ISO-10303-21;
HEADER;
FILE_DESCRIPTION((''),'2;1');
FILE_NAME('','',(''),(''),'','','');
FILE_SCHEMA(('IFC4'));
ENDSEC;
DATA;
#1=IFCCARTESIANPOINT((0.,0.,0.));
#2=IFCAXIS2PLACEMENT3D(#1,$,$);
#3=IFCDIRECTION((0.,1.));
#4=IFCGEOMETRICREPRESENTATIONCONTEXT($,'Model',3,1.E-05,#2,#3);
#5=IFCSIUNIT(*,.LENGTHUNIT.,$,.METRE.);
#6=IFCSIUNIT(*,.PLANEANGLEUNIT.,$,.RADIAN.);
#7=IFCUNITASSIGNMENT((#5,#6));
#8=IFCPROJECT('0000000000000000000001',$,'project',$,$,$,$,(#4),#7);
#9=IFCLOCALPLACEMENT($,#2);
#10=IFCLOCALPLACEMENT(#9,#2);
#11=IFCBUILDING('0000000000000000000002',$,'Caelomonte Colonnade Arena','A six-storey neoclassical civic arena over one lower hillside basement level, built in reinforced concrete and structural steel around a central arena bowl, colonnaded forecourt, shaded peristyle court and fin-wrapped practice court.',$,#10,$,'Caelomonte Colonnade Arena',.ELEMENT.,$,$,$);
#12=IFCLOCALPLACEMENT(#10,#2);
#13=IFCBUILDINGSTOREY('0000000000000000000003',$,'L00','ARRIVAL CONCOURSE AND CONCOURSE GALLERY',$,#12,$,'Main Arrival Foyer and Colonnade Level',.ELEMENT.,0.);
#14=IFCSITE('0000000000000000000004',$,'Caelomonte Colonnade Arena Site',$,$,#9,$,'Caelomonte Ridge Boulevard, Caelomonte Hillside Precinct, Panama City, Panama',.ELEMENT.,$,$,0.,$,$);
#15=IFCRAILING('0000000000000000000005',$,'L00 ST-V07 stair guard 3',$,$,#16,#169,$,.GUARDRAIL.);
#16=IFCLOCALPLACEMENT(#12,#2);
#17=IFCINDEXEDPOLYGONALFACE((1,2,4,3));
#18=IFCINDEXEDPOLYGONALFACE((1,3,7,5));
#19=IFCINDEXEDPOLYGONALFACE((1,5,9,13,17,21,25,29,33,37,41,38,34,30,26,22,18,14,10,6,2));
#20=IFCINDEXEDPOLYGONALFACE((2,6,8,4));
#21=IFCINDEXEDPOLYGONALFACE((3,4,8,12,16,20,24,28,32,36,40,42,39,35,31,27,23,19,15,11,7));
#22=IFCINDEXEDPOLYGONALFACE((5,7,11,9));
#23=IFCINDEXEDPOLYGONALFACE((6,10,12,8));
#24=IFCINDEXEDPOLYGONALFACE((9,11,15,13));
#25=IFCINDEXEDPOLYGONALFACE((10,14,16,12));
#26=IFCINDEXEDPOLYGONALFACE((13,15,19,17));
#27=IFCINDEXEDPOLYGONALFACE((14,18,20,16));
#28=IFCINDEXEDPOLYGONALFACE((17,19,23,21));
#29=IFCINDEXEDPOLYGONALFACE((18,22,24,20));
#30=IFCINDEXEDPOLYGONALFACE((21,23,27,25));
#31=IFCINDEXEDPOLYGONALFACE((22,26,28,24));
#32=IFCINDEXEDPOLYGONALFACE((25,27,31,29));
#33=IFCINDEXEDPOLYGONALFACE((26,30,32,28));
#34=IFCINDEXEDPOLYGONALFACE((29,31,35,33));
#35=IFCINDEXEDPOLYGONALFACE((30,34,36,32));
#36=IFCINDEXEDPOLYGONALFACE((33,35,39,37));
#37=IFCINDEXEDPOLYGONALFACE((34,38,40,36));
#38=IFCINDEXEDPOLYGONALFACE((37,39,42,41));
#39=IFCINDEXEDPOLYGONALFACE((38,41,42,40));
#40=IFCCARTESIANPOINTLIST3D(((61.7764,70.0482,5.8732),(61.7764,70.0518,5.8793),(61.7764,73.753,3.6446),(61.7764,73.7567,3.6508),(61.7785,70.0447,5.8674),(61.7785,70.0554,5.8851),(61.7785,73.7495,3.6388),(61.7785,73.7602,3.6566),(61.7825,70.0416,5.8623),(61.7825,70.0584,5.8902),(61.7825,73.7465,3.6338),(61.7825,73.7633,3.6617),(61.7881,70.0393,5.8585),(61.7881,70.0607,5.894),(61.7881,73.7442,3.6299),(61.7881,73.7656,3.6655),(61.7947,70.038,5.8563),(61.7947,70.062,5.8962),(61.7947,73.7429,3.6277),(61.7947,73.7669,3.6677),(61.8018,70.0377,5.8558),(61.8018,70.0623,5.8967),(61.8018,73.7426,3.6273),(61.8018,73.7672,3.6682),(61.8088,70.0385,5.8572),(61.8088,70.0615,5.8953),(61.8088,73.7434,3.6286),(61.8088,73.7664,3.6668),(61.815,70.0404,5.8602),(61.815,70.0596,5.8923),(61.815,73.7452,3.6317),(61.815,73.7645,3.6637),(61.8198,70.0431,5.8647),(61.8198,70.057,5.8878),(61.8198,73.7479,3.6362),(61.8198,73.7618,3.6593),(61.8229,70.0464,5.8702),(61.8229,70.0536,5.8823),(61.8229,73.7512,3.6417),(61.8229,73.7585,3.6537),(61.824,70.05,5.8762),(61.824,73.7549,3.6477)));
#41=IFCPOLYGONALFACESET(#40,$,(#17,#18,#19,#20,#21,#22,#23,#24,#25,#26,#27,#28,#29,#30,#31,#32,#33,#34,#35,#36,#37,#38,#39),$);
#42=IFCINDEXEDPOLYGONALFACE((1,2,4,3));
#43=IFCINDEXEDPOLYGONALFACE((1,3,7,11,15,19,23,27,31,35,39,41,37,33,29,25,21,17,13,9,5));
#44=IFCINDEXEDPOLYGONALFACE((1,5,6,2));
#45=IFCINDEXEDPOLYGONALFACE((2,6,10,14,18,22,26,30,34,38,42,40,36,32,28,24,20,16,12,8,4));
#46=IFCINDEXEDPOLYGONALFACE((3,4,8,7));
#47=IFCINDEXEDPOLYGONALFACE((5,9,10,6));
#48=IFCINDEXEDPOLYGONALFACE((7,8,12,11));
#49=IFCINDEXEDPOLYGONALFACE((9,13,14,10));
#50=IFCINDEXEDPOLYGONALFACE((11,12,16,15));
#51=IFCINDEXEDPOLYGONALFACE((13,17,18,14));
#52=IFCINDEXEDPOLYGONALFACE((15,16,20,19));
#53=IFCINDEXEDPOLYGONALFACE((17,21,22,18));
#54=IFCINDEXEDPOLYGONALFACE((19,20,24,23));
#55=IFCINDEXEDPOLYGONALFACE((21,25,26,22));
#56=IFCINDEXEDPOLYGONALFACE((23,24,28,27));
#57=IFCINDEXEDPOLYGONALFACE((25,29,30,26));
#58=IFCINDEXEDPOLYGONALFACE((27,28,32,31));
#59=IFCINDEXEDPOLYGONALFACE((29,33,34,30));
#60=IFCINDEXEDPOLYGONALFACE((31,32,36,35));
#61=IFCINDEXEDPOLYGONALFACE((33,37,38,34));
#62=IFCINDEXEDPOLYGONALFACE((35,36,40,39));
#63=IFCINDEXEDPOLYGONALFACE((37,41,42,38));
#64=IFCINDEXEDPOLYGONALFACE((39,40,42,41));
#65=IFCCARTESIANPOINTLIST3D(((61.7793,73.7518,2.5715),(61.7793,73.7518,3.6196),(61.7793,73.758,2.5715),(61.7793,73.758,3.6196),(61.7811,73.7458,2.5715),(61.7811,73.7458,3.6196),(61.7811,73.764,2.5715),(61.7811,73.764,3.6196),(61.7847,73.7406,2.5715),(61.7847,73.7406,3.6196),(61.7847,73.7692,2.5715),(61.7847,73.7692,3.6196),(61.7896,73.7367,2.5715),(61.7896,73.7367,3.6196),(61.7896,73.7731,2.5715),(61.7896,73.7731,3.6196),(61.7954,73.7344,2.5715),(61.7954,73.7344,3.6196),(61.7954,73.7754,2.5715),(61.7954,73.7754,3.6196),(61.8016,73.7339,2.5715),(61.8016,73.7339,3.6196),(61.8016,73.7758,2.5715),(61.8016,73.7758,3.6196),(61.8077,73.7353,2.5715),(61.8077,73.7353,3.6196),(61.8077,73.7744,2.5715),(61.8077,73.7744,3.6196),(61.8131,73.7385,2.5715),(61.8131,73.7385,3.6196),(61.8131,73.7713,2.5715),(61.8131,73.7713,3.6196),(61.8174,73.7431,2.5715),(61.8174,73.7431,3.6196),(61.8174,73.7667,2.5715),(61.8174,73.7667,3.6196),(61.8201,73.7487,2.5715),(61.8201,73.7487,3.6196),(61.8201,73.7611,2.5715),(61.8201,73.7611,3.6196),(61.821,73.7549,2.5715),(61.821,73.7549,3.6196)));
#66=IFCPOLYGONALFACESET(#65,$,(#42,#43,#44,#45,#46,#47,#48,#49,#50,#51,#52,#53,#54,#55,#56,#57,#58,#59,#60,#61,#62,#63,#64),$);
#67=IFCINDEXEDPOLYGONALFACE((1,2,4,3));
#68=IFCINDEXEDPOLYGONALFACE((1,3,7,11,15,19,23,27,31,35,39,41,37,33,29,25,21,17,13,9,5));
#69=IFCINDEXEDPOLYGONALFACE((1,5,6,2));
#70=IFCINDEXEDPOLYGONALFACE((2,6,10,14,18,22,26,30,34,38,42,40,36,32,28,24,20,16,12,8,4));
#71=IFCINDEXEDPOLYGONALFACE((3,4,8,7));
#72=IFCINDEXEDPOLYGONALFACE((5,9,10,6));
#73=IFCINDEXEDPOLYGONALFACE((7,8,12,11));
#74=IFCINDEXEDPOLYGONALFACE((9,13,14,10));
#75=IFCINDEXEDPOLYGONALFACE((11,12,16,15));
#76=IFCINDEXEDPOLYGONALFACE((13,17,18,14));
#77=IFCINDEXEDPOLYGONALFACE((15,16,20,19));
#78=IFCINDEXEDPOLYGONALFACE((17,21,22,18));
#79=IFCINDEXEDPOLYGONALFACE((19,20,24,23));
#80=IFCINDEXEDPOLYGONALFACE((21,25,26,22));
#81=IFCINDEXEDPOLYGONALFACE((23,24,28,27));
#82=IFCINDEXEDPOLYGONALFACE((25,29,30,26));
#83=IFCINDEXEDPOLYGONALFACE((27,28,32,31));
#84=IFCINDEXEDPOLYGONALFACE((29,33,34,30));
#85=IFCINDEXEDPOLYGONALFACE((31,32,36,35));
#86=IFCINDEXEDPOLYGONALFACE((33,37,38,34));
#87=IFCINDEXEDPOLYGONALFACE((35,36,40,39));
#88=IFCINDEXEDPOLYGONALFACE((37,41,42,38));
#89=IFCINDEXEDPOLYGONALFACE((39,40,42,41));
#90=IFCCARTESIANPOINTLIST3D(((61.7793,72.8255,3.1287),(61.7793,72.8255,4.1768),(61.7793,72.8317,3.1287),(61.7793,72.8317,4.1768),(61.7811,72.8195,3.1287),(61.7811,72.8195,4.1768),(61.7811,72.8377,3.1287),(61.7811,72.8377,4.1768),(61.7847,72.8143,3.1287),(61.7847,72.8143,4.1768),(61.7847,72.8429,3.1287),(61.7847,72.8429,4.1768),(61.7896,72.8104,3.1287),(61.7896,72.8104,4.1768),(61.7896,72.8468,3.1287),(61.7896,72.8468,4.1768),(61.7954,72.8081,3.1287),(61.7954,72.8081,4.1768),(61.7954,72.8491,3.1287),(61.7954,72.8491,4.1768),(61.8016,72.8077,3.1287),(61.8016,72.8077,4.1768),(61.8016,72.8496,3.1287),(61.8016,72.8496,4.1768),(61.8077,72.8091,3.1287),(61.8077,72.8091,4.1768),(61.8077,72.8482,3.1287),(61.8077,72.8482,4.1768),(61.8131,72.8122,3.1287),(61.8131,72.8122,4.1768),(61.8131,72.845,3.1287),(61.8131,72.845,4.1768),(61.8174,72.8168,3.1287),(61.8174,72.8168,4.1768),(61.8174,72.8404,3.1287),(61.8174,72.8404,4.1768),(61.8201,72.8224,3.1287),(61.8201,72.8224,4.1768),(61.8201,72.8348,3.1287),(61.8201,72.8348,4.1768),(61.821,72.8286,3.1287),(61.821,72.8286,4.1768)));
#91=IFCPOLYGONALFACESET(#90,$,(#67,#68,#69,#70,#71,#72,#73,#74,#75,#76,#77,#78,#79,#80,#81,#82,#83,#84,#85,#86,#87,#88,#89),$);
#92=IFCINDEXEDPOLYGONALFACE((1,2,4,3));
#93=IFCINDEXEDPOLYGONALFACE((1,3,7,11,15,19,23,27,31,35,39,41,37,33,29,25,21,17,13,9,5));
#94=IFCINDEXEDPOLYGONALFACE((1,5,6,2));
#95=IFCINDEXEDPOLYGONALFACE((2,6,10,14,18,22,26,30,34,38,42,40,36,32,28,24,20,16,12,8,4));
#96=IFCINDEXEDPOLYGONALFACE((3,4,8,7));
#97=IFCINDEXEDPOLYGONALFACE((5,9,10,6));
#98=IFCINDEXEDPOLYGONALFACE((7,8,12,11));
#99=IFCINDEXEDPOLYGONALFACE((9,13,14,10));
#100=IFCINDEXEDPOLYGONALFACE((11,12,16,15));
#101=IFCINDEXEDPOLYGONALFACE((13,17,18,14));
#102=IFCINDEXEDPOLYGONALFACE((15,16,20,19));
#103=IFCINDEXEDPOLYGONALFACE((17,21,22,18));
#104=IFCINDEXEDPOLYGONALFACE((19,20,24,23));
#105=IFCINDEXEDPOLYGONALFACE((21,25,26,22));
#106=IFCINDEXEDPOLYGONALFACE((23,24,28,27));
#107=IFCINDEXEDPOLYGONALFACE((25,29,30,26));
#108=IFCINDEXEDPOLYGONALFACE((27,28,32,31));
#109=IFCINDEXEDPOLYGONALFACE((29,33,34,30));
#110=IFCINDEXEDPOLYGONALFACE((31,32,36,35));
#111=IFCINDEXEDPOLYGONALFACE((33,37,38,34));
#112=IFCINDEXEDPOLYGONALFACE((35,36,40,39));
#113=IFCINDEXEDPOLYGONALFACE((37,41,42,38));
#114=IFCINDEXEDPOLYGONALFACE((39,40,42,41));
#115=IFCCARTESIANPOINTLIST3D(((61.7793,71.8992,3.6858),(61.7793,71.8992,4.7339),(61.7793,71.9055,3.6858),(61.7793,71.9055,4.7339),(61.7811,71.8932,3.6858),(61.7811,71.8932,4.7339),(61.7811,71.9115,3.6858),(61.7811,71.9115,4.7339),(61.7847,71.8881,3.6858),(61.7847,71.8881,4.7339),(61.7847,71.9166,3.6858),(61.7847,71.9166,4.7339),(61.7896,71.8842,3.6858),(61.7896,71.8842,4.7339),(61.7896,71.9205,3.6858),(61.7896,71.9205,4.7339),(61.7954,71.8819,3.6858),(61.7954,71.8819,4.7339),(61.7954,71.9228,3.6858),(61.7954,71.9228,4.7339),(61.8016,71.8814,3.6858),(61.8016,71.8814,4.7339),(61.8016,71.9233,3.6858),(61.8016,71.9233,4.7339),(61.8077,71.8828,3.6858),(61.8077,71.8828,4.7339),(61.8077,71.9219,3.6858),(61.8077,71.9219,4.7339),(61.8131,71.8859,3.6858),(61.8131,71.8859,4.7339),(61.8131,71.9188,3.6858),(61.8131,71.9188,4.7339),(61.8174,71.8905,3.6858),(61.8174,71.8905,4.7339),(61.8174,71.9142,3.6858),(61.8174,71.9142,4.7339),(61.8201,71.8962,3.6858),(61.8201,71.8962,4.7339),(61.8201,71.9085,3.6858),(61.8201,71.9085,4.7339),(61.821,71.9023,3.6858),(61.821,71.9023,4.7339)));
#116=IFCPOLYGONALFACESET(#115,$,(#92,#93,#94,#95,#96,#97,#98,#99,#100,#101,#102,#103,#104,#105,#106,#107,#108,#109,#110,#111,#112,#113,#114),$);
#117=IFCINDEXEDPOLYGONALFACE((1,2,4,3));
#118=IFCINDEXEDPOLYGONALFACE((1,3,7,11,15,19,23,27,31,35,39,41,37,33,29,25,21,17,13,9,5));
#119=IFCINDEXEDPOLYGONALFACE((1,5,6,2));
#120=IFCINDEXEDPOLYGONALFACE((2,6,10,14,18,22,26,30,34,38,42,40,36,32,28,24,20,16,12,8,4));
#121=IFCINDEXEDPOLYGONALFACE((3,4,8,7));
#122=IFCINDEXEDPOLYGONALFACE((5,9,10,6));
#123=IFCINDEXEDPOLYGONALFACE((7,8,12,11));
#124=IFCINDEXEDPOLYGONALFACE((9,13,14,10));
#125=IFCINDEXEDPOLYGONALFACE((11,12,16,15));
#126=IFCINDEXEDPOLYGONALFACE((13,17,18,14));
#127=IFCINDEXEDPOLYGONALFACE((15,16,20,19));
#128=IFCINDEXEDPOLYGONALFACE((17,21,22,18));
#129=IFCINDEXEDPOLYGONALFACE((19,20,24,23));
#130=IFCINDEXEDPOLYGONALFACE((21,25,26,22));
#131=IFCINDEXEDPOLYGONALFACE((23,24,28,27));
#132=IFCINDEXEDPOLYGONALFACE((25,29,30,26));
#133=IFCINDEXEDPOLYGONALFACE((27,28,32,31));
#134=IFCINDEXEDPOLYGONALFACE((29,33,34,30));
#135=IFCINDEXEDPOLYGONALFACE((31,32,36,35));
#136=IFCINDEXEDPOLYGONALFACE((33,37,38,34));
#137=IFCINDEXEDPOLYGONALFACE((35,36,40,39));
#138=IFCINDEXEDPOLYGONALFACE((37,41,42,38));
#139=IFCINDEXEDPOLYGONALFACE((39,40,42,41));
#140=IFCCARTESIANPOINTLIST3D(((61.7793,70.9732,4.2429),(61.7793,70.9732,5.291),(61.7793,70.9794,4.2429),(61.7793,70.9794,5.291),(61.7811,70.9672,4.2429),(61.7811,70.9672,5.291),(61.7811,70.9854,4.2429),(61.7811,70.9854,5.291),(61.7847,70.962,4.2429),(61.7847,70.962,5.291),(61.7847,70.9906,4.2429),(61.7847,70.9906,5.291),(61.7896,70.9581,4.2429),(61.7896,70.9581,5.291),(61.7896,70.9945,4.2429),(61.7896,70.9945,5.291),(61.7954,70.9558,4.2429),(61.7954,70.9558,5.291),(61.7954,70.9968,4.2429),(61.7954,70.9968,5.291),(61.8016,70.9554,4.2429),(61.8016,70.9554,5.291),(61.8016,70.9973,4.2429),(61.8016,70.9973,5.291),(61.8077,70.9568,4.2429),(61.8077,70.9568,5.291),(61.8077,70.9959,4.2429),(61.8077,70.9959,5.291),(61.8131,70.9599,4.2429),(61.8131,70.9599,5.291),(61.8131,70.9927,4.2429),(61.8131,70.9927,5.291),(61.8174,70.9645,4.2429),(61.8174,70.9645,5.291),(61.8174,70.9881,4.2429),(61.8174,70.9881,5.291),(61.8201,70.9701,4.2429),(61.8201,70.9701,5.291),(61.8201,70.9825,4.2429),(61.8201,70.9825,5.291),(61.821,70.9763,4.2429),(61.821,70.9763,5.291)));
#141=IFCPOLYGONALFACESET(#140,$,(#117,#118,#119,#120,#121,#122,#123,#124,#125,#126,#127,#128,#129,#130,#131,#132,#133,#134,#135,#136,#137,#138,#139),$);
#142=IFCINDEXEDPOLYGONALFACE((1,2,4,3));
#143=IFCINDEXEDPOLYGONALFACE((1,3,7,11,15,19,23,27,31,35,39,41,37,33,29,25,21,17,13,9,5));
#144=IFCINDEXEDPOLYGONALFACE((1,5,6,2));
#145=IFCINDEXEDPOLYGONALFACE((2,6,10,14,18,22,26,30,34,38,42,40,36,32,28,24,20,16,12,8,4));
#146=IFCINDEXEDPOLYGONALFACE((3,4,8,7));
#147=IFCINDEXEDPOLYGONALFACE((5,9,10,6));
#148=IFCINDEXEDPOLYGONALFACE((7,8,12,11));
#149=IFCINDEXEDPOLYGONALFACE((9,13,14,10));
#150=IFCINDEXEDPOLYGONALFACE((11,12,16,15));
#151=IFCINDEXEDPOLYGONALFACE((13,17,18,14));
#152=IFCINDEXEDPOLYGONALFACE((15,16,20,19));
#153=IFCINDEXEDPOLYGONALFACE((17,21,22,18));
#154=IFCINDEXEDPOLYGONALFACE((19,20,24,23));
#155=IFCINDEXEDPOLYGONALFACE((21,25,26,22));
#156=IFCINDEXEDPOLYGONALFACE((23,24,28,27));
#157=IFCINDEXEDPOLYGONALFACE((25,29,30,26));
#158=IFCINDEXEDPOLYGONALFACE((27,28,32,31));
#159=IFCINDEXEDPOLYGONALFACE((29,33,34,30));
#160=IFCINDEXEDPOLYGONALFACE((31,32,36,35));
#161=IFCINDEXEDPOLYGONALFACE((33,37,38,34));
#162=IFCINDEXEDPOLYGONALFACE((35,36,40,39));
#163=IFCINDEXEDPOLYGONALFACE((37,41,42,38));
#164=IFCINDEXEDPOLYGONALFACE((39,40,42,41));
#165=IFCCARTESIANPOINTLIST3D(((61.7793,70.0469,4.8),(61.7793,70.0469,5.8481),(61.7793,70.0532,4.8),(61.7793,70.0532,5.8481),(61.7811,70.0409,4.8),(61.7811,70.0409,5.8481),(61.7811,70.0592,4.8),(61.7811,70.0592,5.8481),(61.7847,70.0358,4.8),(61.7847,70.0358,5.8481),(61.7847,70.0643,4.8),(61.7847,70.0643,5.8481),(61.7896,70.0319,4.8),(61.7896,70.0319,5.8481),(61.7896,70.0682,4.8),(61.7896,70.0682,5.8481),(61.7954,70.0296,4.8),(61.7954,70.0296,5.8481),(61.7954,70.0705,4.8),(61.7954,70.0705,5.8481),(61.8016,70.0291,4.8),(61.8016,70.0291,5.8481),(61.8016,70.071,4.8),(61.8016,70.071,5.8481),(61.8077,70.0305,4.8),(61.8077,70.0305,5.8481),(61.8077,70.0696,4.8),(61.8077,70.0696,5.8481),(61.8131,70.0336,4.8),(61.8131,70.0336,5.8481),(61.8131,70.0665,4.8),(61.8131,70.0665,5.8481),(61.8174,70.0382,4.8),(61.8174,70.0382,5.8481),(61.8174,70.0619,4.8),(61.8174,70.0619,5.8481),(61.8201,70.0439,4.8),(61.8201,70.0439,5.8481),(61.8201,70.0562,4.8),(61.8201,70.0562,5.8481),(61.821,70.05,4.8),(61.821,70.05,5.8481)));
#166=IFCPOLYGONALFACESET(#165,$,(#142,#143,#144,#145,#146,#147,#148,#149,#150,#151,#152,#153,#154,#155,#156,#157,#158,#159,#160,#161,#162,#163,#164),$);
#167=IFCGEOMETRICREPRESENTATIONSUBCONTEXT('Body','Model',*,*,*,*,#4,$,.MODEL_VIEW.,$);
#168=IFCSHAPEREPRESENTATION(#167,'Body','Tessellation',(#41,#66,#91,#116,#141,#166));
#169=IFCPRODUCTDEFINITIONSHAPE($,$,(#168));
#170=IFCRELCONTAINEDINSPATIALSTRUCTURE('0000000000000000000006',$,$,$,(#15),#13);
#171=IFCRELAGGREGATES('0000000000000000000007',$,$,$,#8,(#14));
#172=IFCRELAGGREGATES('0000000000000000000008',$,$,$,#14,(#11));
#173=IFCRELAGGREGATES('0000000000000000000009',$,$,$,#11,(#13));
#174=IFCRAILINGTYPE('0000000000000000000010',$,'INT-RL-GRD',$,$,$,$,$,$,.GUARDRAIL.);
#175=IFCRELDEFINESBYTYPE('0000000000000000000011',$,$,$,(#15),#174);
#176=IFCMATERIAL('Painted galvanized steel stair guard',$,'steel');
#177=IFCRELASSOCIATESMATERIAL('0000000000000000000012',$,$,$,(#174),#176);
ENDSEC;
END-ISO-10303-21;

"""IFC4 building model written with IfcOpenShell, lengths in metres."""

from ifc_helpers import new_model, si_unit, direction, frame, origin, origin_2d, place, context, subcontext, project, spatial, circle, extrude, material, type_object, element, save


model = new_model("IFC4")

# Units and contexts
model_context = context("Model", 3, precision=1e-05, world=origin(), true_north=direction((0.0, 1.0)))
body_context = subcontext(model_context, "Body", "Model", "MODEL_VIEW")
ifc_project = project(units=[si_unit("LENGTHUNIT", "METRE"), si_unit("PLANEANGLEUNIT", "RADIAN")], contexts=[model_context])

# Site, building, storey
site_placement = place(None, origin())
site = spatial("IfcSite", under=ifc_project, at=site_placement, Name="Caelomonte Colonnade Arena Site", LongName="Caelomonte Ridge Boulevard, Caelomonte Hillside Precinct, Panama City, Panama", CompositionType="ELEMENT", RefElevation=0.0)
building_placement = place(site_placement, origin())
building = spatial("IfcBuilding", under=site, at=building_placement, Name="Caelomonte Colonnade Arena", Description="A six-storey neoclassical civic arena over one lower hillside basement level, built in reinforced concrete and structural steel around a central arena bowl, colonnaded forecourt, shaded peristyle court and fin-wrapped practice court.", LongName="Caelomonte Colonnade Arena", CompositionType="ELEMENT")
storey_placement = place(building_placement, origin())
storey = spatial("IfcBuildingStorey", under=building, at=storey_placement, Name="L00", Description="ARRIVAL CONCOURSE AND CONCOURSE GALLERY", LongName="Main Arrival Foyer and Colonnade Level", CompositionType="ELEMENT", Elevation=0.0)

# Railing
ifc_material_1 = material(Name="Painted galvanized steel stair guard", Category="steel")
railing_type_1 = type_object("IfcRailingType", Name="INT-RL-GRD", PredefinedType="GUARDRAIL", material=ifc_material_1)
railing_1_placement = place(storey_placement, frame((61.8, 73.7549, 2.5715)))
element("IfcRailing", 1, at=railing_1_placement, inside=storey, type_object=railing_type_1, Name="L00 ST-V07 stair guard 3", PredefinedType="GUARDRAIL", context=body_context, shape_type="SweptSolid", body=[
    extrude(circle(Radius=0.0239, at=origin_2d()), frame((0.0, 0.0, 1.0762), z_axis=(0.0, -0.856919, 0.51545), x_axis=(1.0, 0.0, 0.0)), (0.0, 0.0, 1.0), 4.3235),
    extrude(circle(Radius=0.021, at=origin_2d()), origin(), (0.0, 0.0, 1.0), 1.0481),
    extrude(circle(Radius=0.021, at=origin_2d()), frame((0.0, -0.9263, 0.5571)), (0.0, 0.0, 1.0), 1.0481),
    extrude(circle(Radius=0.021, at=origin_2d()), frame((0.0, -1.8525, 1.1143)), (0.0, 0.0, 1.0), 1.0481),
    extrude(circle(Radius=0.021, at=origin_2d()), frame((0.0, -2.7786, 1.6714)), (0.0, 0.0, 1.0), 1.0481),
    extrude(circle(Radius=0.021, at=origin_2d()), frame((0.0, -3.7048, 2.2285)), (0.0, 0.0, 1.0), 1.0481),
])

save(model, "model.ifc")
